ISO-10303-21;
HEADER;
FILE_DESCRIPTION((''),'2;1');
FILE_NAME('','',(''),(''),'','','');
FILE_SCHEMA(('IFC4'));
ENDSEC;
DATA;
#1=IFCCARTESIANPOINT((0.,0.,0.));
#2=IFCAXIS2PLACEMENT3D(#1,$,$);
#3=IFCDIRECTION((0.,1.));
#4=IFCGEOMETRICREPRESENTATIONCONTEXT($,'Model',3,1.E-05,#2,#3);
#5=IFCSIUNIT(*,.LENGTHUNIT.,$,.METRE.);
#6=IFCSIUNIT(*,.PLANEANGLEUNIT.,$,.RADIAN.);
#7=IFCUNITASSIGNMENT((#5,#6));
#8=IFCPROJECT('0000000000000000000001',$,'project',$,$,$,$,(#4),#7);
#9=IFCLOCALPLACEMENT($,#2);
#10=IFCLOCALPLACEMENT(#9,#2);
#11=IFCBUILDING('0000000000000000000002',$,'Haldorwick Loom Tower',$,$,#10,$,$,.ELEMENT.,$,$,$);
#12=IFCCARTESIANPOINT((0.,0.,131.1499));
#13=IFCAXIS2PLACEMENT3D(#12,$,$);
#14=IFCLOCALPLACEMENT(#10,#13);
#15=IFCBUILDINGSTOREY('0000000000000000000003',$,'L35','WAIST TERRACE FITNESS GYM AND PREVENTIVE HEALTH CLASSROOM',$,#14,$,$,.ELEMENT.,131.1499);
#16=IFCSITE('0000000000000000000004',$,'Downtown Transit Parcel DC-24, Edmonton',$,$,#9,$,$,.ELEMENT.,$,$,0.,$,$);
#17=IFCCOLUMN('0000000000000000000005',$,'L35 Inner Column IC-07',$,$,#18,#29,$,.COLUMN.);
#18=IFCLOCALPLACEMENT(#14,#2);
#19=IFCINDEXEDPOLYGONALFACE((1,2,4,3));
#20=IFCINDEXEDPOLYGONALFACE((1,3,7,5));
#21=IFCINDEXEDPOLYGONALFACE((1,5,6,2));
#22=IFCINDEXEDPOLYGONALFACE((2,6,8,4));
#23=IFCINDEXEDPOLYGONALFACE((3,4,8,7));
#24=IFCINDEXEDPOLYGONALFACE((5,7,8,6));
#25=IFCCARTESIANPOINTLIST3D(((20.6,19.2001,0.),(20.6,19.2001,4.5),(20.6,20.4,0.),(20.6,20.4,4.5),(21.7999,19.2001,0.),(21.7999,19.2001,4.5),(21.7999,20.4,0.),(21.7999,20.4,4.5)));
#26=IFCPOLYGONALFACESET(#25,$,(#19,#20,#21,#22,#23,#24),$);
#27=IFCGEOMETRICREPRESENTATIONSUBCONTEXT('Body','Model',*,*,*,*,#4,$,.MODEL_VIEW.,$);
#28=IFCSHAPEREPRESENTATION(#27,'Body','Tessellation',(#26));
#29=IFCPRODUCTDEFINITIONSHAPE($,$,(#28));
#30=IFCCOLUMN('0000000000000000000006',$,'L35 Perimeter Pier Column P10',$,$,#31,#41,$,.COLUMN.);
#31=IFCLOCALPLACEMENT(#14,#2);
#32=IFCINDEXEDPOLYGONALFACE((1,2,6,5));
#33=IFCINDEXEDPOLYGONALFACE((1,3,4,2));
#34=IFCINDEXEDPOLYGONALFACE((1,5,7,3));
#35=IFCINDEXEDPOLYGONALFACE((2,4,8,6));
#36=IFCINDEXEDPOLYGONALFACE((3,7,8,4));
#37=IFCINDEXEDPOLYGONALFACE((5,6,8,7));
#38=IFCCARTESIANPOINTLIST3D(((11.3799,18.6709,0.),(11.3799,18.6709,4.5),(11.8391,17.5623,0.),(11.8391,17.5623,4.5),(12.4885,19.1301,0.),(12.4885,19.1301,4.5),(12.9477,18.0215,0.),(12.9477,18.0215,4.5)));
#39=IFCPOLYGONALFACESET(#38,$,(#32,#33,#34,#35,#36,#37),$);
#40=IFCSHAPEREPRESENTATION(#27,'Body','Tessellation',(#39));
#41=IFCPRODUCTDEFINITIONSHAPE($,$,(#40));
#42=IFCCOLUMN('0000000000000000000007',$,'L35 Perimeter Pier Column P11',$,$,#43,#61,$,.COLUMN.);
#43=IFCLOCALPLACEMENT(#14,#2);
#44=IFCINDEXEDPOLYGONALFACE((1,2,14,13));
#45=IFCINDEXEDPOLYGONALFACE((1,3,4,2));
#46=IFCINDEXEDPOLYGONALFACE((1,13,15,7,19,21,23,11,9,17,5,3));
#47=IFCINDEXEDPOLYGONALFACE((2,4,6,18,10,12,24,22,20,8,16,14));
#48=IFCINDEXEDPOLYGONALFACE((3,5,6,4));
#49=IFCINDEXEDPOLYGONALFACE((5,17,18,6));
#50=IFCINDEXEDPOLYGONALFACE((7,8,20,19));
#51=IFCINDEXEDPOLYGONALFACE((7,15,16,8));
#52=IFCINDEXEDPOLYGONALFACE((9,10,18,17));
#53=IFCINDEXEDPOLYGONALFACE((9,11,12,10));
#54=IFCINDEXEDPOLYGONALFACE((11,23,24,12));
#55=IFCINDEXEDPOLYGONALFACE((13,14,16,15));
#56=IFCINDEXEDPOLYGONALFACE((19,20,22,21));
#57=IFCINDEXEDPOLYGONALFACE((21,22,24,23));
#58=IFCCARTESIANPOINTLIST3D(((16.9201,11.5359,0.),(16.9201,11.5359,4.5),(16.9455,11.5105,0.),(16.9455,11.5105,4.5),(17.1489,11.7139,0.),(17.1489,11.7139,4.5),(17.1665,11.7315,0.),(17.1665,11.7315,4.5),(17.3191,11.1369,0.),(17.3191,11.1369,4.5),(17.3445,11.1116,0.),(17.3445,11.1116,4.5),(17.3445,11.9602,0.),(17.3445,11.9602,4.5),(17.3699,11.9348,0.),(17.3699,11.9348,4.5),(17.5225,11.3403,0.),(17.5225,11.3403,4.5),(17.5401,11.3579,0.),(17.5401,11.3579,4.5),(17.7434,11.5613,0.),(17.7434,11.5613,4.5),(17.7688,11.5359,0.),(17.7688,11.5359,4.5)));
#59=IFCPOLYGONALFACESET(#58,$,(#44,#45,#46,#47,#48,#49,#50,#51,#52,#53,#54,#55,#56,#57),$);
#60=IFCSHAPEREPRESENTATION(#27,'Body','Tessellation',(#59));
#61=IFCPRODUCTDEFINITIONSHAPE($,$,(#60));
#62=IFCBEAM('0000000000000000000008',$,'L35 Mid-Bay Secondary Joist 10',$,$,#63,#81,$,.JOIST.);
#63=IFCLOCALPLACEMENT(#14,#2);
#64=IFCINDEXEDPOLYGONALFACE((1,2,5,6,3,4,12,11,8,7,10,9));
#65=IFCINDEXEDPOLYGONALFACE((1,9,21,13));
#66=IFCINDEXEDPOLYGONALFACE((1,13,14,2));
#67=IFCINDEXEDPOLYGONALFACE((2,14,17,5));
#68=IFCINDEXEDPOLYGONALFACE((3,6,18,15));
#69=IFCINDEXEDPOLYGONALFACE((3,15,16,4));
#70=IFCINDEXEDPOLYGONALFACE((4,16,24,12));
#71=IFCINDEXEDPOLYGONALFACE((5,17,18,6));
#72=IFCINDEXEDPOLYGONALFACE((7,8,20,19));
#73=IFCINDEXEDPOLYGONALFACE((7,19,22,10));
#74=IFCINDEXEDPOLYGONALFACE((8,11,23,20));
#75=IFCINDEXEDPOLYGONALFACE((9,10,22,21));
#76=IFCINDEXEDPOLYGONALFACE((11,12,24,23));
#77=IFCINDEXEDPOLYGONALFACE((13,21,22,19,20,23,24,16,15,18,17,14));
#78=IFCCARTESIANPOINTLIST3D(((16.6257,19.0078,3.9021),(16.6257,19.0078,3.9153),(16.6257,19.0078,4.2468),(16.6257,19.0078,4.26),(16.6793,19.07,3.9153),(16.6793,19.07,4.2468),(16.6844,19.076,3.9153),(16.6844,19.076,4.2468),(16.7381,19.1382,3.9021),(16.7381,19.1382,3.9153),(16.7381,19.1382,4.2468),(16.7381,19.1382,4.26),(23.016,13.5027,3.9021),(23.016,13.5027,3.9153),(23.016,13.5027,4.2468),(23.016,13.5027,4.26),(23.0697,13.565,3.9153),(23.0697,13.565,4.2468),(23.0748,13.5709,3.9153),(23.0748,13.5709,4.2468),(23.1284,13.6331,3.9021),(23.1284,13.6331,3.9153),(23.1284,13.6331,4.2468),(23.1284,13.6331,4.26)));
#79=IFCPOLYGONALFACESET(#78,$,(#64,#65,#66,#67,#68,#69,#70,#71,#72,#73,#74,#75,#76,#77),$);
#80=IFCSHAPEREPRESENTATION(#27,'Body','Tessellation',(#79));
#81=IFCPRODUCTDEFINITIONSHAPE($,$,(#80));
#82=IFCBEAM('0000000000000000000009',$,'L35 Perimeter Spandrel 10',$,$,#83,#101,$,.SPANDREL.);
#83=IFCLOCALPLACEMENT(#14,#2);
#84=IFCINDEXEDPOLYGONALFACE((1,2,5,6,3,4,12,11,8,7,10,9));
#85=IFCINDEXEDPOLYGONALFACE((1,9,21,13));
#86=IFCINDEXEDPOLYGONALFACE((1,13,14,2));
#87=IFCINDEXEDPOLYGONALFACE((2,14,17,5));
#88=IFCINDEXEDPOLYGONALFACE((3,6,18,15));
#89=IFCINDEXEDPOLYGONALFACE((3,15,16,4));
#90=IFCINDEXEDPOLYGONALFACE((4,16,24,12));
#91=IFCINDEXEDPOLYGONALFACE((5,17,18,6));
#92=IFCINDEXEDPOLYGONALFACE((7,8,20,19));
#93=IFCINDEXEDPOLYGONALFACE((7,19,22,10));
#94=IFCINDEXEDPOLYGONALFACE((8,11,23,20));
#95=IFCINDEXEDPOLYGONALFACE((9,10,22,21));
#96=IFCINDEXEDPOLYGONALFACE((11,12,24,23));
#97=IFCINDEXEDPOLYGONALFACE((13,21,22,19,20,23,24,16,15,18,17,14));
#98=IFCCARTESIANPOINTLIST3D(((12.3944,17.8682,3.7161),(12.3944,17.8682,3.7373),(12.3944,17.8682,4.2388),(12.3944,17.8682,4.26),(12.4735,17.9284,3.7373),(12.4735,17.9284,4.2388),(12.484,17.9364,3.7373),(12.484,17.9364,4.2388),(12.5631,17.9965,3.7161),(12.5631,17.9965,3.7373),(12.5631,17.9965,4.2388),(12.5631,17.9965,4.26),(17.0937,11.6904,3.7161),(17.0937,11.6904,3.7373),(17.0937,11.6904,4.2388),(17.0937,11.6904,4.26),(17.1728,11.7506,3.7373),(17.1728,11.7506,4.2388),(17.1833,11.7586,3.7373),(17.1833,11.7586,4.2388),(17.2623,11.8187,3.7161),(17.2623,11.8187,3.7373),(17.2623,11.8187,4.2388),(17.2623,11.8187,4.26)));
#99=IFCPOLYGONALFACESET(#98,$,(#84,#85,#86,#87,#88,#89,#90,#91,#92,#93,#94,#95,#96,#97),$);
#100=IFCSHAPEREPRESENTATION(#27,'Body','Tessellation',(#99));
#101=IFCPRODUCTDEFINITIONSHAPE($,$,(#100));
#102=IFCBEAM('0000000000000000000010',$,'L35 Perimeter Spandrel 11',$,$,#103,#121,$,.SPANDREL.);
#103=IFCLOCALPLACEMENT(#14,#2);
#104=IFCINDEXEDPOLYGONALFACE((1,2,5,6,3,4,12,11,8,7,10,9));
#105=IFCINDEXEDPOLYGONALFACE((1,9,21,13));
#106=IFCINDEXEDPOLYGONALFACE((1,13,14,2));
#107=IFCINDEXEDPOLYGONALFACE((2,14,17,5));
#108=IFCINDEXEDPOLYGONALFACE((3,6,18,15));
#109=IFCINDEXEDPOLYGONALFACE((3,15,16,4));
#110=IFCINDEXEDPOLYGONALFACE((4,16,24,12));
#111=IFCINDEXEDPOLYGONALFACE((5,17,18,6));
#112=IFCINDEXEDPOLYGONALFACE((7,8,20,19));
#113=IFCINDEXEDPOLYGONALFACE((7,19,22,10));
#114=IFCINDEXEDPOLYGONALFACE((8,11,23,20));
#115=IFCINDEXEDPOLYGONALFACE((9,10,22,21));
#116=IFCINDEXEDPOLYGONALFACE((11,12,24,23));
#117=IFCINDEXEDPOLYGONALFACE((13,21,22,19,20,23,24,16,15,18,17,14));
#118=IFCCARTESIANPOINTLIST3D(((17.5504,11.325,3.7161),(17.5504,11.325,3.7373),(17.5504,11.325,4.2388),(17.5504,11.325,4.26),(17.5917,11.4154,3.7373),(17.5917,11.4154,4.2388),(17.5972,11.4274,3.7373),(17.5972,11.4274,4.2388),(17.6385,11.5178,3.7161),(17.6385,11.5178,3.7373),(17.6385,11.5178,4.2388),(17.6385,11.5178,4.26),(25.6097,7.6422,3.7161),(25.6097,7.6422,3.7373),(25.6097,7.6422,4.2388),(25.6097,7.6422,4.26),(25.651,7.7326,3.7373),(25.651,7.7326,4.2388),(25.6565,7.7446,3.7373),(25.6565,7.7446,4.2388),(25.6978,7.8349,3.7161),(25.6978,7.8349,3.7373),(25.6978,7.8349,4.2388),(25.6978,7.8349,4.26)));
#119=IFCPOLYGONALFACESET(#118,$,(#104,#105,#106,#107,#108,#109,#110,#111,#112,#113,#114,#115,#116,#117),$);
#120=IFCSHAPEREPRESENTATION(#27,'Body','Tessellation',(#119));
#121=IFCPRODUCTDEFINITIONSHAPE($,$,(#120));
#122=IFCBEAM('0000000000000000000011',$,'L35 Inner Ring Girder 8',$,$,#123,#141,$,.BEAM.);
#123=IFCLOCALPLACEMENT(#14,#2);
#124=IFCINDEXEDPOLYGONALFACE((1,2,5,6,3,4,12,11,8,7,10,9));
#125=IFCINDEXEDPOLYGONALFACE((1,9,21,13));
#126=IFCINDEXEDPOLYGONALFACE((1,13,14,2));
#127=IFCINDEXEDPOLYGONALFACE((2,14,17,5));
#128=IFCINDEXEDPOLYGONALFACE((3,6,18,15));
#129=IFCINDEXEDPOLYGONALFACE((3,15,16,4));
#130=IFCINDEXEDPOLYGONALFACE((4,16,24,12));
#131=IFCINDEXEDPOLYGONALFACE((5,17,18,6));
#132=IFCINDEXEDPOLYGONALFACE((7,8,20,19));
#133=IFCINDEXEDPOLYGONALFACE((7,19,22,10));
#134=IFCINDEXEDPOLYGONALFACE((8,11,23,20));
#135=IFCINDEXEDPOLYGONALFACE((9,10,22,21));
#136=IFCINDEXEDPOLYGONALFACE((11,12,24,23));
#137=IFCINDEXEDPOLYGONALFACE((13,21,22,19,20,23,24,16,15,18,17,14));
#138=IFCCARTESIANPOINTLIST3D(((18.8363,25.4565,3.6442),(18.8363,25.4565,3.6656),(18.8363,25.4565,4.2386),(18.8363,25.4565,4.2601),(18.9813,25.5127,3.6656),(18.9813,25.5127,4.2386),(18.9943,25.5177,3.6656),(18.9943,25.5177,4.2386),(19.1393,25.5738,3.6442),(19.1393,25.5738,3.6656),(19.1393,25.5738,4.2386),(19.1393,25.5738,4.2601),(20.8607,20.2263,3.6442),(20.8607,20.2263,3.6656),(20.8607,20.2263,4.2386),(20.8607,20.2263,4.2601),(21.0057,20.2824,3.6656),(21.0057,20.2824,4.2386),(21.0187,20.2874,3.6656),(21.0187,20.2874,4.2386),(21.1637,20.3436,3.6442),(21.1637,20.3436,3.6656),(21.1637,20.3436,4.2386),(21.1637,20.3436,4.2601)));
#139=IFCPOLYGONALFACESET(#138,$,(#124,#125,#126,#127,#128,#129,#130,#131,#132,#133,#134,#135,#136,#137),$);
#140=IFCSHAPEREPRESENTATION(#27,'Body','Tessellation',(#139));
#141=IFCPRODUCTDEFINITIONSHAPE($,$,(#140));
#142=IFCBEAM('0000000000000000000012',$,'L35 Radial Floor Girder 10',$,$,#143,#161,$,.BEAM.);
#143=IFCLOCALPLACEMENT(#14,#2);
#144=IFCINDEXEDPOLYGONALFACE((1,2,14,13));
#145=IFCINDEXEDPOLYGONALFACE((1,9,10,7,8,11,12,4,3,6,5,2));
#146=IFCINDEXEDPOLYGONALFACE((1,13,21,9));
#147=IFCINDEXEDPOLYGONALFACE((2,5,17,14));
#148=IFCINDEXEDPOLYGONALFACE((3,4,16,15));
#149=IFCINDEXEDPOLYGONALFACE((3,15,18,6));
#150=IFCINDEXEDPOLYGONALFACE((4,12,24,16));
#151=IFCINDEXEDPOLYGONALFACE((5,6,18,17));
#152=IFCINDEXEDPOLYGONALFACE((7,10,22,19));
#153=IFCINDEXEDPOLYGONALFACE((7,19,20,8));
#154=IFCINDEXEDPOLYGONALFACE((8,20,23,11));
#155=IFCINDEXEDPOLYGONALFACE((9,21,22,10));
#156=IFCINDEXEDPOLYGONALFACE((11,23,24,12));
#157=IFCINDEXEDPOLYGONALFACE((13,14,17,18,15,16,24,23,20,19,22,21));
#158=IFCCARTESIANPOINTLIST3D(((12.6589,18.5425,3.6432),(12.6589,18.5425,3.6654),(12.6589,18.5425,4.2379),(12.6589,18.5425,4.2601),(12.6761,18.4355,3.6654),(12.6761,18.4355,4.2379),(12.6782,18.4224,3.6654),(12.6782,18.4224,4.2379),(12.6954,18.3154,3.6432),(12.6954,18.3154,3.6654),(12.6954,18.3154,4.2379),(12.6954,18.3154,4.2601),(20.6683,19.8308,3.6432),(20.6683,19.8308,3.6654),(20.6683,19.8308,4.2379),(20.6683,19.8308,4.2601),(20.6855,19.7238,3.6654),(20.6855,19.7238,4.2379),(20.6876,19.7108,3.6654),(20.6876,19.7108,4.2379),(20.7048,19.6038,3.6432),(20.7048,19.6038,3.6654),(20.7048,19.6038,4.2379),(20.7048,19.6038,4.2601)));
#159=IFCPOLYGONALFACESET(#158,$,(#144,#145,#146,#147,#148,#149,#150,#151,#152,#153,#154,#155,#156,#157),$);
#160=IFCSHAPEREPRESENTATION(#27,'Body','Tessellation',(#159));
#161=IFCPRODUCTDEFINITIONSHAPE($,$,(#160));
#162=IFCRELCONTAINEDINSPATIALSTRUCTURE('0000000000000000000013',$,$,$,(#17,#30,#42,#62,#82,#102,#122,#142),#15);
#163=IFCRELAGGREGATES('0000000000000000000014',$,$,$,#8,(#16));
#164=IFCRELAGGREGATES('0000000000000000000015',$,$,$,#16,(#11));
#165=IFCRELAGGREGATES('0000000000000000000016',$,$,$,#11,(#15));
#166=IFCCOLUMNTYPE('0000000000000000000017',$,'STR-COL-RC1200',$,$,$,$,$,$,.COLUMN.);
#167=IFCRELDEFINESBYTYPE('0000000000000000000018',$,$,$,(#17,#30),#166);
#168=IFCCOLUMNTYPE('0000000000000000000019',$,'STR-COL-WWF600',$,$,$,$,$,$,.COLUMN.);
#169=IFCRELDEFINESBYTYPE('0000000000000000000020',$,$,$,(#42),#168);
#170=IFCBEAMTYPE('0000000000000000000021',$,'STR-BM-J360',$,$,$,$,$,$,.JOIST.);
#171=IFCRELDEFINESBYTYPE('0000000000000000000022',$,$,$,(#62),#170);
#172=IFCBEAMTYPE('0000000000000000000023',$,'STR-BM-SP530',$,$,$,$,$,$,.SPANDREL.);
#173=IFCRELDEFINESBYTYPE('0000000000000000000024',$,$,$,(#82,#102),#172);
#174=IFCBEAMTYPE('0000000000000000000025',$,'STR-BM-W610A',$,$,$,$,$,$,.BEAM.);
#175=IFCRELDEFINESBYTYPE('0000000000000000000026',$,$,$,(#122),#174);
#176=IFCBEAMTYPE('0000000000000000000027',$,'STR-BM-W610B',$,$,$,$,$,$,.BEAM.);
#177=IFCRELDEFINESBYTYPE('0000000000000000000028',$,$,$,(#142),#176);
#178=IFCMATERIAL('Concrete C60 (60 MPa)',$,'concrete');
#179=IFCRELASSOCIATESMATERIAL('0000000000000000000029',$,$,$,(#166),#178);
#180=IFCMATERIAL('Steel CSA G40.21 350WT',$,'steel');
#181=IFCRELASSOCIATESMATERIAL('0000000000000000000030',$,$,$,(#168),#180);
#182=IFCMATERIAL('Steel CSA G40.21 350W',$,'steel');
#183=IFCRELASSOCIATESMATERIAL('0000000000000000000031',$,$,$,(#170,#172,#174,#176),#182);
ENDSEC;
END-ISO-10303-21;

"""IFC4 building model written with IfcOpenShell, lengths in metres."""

from ifc_helpers import new_model, si_unit, direction, frame, origin, origin_2d, place, context, subcontext, project, spatial, rectangle, i_section, extrude, material, material_profile, profile_set, type_object, element, save


model = new_model("IFC4")

# Units and contexts
model_context = context("Model", 3, precision=1e-05, world=origin(), true_north=direction((0.0, 1.0)))
body_context = subcontext(model_context, "Body", "Model", "MODEL_VIEW")
ifc_project = project(units=[si_unit("LENGTHUNIT", "METRE"), si_unit("PLANEANGLEUNIT", "RADIAN")], contexts=[model_context])

# Site, building, storey
site_placement = place(None, origin())
site = spatial("IfcSite", under=ifc_project, at=site_placement, Name="Downtown Transit Parcel DC-24, Edmonton", CompositionType="ELEMENT", RefElevation=0.0)
building_placement = place(site_placement, origin())
building = spatial("IfcBuilding", under=site, at=building_placement, Name="Haldorwick Loom Tower", CompositionType="ELEMENT")
storey_placement = place(building_placement, frame((0.0, 0.0, 131.1499)))
storey = spatial("IfcBuildingStorey", under=building, at=storey_placement, Name="L35", Description="WAIST TERRACE FITNESS GYM AND PREVENTIVE HEALTH CLASSROOM", CompositionType="ELEMENT", Elevation=131.1499)

# Columns
ifc_material_1 = material(Name="Concrete C60 (60 MPa)", Category="concrete")
ifc_material_profile_1 = material_profile(ifc_material_1, rectangle(XDim=1.2, YDim=1.2, at=origin_2d()), Name="RC1200X1200", Category="concrete")
ifc_profile_set_1 = profile_set([ifc_material_profile_1], Name="Concrete C60 (60 MPa)")
column_type_1 = type_object("IfcColumnType", Name="STR-COL-RC1200", PredefinedType="COLUMN", material=ifc_profile_set_1)
for number, where, z_axis, x_axis, name in (
    (1, (21.2, 19.8, 0.0), (0.0, 0.0, 1.0), (1.0, 0.0, 0.0), "L35 Inner Column IC-07"),
    (2, (12.1638, 18.3462, 0.0), (0.0, 0.0, 1.0), (-0.92388, -0.382683, 0.0), "L35 Perimeter Pier Column P10"),
):
    element("IfcColumn", number, at=place(storey_placement, frame(where, z_axis=z_axis, x_axis=x_axis)), inside=storey, type_object=column_type_1, Name=name, PredefinedType="COLUMN", context=body_context, shape_type="SweptSolid", body=[
        extrude(rectangle(XDim=1.2, YDim=1.2, at=origin_2d()), origin(), (0.0, 0.0, 1.0), 4.5),
    ])
ifc_material_2 = material(Name="Steel CSA G40.21 350WT", Category="steel")
ifc_material_profile_2 = material_profile(ifc_material_2, i_section(OverallWidth=0.6001, OverallDepth=0.6001, WebThickness=0.0249, FlangeThickness=0.0359, at=origin_2d()), Name="WWF600X600", Category="steel")
ifc_profile_set_2 = profile_set([ifc_material_profile_2], Name="Steel CSA G40.21 350WT")
column_type_2 = type_object("IfcColumnType", Name="STR-COL-WWF600", PredefinedType="COLUMN", material=ifc_profile_set_2)
column_placement = place(storey_placement, frame((17.3445, 11.5359, 0.0), z_axis=(0.0, 0.0, 1.0), x_axis=(-0.707107, -0.707107, 0.0)))
element("IfcColumn", 3, at=column_placement, inside=storey, type_object=column_type_2, Name="L35 Perimeter Pier Column P11", PredefinedType="COLUMN", context=body_context, shape_type="SweptSolid", body=[
    extrude(i_section(OverallWidth=0.6001, OverallDepth=0.6001, WebThickness=0.0249, FlangeThickness=0.0359, at=origin_2d()), origin(), (0.0, 0.0, 1.0), 4.5),
])

# Beams
ifc_material_3 = material(Name="Steel CSA G40.21 350W", Category="steel")
ifc_material_profile_3 = material_profile(ifc_material_3, i_section(OverallWidth=0.1721, OverallDepth=0.3579, WebThickness=0.0078, FlangeThickness=0.0132, at=origin_2d()), Name="W360X57", Category="steel")
ifc_profile_set_3 = profile_set([ifc_material_profile_3], Name="Steel CSA G40.21 350W")
beam_type_1 = type_object("IfcBeamType", Name="STR-BM-J360", PredefinedType="JOIST", material=ifc_profile_set_3)
beam_1_placement = place(storey_placement, frame((16.6819, 19.073, 4.0811), z_axis=(0.757634, -0.65268, 0.0), x_axis=(0.65268, 0.757634, 0.0)))
element("IfcBeam", 4, at=beam_1_placement, inside=storey, type_object=beam_type_1, Name="L35 Mid-Bay Secondary Joist 10", PredefinedType="JOIST", context=body_context, shape_type="SweptSolid", body=[
    extrude(i_section(OverallWidth=0.1721, OverallDepth=0.3579, WebThickness=0.0078, FlangeThickness=0.0132, at=origin_2d()), origin(), (0.0, 0.0, 1.0), 8.4346),
])
ifc_material_profile_4 = material_profile(ifc_material_3, i_section(OverallWidth=0.2119, OverallDepth=0.5439, WebThickness=0.0132, FlangeThickness=0.0212, at=origin_2d()), Name="W530X123", Category="steel")
ifc_profile_set_4 = profile_set([ifc_material_profile_4], Name="Steel CSA G40.21 350W")
beam_type_2 = type_object("IfcBeamType", Name="STR-BM-SP530", PredefinedType="SPANDREL", material=ifc_profile_set_4)
beam_2_placement = place(storey_placement, frame((12.4788, 17.9324, 3.988), z_axis=(0.605421, -0.795905, 0.0), x_axis=(0.795905, 0.605421, 0.0)))
element("IfcBeam", 5, at=beam_2_placement, inside=storey, type_object=beam_type_2, Name="L35 Perimeter Spandrel 10", PredefinedType="SPANDREL", context=body_context, shape_type="SweptSolid", body=[
    extrude(i_section(OverallWidth=0.2119, OverallDepth=0.5439, WebThickness=0.0132, FlangeThickness=0.0212, at=origin_2d()), origin(), (0.0, 0.0, 1.0), 7.762),
])
beam_3_placement = place(storey_placement, frame((17.5945, 11.4214, 3.988), z_axis=(0.909534, -0.415629, 0.0), x_axis=(0.415629, 0.909534, 0.0)))
element("IfcBeam", 6, at=beam_3_placement, inside=storey, type_object=beam_type_2, Name="L35 Perimeter Spandrel 11", PredefinedType="SPANDREL", context=body_context, shape_type="SweptSolid", body=[
    extrude(i_section(OverallWidth=0.2119, OverallDepth=0.5439, WebThickness=0.0132, FlangeThickness=0.0212, at=origin_2d()), origin(), (0.0, 0.0, 1.0), 8.8608),
])
ifc_material_profile_5 = material_profile(ifc_material_3, i_section(OverallWidth=0.325, OverallDepth=0.616, WebThickness=0.0139, FlangeThickness=0.0215, at=origin_2d()), Name="W610X174", Category="steel")
ifc_profile_set_5 = profile_set([ifc_material_profile_5], Name="Steel CSA G40.21 350W")
beam_type_3 = type_object("IfcBeamType", Name="STR-BM-W610A", PredefinedType="BEAM", material=ifc_profile_set_5)
beam_4_placement = place(storey_placement, frame((21.0122, 20.2849, 3.9521), z_axis=(-0.360965, 0.932579, 0.0), x_axis=(-0.932579, -0.360965, 0.0)))
element("IfcBeam", 7, at=beam_4_placement, inside=storey, type_object=beam_type_3, Name="L35 Inner Ring Girder 8", PredefinedType="BEAM", context=body_context, shape_type="SweptSolid", body=[
    extrude(i_section(OverallWidth=0.325, OverallDepth=0.616, WebThickness=0.0139, FlangeThickness=0.0215, at=origin_2d()), origin(), (0.0, 0.0, 1.0), 5.6084),
])
ifc_material_profile_6 = material_profile(ifc_material_3, i_section(OverallWidth=0.23, OverallDepth=0.6169, WebThickness=0.0132, FlangeThickness=0.0222, at=origin_2d()), Name="W610X140", Category="steel")
ifc_profile_set_6 = profile_set([ifc_material_profile_6], Name="Steel CSA G40.21 350W")
beam_type_4 = type_object("IfcBeamType", Name="STR-BM-W610B", PredefinedType="BEAM", material=ifc_profile_set_6)
beam_5_placement = place(storey_placement, frame((20.6865, 19.7173, 3.9517), z_axis=(-0.987309, -0.158813, 0.0), x_axis=(0.158813, -0.987309, 0.0)))
element("IfcBeam", 8, at=beam_5_placement, inside=storey, type_object=beam_type_4, Name="L35 Radial Floor Girder 10", PredefinedType="BEAM", context=body_context, shape_type="SweptSolid", body=[
    extrude(i_section(OverallWidth=0.23, OverallDepth=0.6169, WebThickness=0.0132, FlangeThickness=0.0222, at=origin_2d()), origin(), (0.0, 0.0, 1.0), 8.1123),
])

save(model, "model.ifc")
